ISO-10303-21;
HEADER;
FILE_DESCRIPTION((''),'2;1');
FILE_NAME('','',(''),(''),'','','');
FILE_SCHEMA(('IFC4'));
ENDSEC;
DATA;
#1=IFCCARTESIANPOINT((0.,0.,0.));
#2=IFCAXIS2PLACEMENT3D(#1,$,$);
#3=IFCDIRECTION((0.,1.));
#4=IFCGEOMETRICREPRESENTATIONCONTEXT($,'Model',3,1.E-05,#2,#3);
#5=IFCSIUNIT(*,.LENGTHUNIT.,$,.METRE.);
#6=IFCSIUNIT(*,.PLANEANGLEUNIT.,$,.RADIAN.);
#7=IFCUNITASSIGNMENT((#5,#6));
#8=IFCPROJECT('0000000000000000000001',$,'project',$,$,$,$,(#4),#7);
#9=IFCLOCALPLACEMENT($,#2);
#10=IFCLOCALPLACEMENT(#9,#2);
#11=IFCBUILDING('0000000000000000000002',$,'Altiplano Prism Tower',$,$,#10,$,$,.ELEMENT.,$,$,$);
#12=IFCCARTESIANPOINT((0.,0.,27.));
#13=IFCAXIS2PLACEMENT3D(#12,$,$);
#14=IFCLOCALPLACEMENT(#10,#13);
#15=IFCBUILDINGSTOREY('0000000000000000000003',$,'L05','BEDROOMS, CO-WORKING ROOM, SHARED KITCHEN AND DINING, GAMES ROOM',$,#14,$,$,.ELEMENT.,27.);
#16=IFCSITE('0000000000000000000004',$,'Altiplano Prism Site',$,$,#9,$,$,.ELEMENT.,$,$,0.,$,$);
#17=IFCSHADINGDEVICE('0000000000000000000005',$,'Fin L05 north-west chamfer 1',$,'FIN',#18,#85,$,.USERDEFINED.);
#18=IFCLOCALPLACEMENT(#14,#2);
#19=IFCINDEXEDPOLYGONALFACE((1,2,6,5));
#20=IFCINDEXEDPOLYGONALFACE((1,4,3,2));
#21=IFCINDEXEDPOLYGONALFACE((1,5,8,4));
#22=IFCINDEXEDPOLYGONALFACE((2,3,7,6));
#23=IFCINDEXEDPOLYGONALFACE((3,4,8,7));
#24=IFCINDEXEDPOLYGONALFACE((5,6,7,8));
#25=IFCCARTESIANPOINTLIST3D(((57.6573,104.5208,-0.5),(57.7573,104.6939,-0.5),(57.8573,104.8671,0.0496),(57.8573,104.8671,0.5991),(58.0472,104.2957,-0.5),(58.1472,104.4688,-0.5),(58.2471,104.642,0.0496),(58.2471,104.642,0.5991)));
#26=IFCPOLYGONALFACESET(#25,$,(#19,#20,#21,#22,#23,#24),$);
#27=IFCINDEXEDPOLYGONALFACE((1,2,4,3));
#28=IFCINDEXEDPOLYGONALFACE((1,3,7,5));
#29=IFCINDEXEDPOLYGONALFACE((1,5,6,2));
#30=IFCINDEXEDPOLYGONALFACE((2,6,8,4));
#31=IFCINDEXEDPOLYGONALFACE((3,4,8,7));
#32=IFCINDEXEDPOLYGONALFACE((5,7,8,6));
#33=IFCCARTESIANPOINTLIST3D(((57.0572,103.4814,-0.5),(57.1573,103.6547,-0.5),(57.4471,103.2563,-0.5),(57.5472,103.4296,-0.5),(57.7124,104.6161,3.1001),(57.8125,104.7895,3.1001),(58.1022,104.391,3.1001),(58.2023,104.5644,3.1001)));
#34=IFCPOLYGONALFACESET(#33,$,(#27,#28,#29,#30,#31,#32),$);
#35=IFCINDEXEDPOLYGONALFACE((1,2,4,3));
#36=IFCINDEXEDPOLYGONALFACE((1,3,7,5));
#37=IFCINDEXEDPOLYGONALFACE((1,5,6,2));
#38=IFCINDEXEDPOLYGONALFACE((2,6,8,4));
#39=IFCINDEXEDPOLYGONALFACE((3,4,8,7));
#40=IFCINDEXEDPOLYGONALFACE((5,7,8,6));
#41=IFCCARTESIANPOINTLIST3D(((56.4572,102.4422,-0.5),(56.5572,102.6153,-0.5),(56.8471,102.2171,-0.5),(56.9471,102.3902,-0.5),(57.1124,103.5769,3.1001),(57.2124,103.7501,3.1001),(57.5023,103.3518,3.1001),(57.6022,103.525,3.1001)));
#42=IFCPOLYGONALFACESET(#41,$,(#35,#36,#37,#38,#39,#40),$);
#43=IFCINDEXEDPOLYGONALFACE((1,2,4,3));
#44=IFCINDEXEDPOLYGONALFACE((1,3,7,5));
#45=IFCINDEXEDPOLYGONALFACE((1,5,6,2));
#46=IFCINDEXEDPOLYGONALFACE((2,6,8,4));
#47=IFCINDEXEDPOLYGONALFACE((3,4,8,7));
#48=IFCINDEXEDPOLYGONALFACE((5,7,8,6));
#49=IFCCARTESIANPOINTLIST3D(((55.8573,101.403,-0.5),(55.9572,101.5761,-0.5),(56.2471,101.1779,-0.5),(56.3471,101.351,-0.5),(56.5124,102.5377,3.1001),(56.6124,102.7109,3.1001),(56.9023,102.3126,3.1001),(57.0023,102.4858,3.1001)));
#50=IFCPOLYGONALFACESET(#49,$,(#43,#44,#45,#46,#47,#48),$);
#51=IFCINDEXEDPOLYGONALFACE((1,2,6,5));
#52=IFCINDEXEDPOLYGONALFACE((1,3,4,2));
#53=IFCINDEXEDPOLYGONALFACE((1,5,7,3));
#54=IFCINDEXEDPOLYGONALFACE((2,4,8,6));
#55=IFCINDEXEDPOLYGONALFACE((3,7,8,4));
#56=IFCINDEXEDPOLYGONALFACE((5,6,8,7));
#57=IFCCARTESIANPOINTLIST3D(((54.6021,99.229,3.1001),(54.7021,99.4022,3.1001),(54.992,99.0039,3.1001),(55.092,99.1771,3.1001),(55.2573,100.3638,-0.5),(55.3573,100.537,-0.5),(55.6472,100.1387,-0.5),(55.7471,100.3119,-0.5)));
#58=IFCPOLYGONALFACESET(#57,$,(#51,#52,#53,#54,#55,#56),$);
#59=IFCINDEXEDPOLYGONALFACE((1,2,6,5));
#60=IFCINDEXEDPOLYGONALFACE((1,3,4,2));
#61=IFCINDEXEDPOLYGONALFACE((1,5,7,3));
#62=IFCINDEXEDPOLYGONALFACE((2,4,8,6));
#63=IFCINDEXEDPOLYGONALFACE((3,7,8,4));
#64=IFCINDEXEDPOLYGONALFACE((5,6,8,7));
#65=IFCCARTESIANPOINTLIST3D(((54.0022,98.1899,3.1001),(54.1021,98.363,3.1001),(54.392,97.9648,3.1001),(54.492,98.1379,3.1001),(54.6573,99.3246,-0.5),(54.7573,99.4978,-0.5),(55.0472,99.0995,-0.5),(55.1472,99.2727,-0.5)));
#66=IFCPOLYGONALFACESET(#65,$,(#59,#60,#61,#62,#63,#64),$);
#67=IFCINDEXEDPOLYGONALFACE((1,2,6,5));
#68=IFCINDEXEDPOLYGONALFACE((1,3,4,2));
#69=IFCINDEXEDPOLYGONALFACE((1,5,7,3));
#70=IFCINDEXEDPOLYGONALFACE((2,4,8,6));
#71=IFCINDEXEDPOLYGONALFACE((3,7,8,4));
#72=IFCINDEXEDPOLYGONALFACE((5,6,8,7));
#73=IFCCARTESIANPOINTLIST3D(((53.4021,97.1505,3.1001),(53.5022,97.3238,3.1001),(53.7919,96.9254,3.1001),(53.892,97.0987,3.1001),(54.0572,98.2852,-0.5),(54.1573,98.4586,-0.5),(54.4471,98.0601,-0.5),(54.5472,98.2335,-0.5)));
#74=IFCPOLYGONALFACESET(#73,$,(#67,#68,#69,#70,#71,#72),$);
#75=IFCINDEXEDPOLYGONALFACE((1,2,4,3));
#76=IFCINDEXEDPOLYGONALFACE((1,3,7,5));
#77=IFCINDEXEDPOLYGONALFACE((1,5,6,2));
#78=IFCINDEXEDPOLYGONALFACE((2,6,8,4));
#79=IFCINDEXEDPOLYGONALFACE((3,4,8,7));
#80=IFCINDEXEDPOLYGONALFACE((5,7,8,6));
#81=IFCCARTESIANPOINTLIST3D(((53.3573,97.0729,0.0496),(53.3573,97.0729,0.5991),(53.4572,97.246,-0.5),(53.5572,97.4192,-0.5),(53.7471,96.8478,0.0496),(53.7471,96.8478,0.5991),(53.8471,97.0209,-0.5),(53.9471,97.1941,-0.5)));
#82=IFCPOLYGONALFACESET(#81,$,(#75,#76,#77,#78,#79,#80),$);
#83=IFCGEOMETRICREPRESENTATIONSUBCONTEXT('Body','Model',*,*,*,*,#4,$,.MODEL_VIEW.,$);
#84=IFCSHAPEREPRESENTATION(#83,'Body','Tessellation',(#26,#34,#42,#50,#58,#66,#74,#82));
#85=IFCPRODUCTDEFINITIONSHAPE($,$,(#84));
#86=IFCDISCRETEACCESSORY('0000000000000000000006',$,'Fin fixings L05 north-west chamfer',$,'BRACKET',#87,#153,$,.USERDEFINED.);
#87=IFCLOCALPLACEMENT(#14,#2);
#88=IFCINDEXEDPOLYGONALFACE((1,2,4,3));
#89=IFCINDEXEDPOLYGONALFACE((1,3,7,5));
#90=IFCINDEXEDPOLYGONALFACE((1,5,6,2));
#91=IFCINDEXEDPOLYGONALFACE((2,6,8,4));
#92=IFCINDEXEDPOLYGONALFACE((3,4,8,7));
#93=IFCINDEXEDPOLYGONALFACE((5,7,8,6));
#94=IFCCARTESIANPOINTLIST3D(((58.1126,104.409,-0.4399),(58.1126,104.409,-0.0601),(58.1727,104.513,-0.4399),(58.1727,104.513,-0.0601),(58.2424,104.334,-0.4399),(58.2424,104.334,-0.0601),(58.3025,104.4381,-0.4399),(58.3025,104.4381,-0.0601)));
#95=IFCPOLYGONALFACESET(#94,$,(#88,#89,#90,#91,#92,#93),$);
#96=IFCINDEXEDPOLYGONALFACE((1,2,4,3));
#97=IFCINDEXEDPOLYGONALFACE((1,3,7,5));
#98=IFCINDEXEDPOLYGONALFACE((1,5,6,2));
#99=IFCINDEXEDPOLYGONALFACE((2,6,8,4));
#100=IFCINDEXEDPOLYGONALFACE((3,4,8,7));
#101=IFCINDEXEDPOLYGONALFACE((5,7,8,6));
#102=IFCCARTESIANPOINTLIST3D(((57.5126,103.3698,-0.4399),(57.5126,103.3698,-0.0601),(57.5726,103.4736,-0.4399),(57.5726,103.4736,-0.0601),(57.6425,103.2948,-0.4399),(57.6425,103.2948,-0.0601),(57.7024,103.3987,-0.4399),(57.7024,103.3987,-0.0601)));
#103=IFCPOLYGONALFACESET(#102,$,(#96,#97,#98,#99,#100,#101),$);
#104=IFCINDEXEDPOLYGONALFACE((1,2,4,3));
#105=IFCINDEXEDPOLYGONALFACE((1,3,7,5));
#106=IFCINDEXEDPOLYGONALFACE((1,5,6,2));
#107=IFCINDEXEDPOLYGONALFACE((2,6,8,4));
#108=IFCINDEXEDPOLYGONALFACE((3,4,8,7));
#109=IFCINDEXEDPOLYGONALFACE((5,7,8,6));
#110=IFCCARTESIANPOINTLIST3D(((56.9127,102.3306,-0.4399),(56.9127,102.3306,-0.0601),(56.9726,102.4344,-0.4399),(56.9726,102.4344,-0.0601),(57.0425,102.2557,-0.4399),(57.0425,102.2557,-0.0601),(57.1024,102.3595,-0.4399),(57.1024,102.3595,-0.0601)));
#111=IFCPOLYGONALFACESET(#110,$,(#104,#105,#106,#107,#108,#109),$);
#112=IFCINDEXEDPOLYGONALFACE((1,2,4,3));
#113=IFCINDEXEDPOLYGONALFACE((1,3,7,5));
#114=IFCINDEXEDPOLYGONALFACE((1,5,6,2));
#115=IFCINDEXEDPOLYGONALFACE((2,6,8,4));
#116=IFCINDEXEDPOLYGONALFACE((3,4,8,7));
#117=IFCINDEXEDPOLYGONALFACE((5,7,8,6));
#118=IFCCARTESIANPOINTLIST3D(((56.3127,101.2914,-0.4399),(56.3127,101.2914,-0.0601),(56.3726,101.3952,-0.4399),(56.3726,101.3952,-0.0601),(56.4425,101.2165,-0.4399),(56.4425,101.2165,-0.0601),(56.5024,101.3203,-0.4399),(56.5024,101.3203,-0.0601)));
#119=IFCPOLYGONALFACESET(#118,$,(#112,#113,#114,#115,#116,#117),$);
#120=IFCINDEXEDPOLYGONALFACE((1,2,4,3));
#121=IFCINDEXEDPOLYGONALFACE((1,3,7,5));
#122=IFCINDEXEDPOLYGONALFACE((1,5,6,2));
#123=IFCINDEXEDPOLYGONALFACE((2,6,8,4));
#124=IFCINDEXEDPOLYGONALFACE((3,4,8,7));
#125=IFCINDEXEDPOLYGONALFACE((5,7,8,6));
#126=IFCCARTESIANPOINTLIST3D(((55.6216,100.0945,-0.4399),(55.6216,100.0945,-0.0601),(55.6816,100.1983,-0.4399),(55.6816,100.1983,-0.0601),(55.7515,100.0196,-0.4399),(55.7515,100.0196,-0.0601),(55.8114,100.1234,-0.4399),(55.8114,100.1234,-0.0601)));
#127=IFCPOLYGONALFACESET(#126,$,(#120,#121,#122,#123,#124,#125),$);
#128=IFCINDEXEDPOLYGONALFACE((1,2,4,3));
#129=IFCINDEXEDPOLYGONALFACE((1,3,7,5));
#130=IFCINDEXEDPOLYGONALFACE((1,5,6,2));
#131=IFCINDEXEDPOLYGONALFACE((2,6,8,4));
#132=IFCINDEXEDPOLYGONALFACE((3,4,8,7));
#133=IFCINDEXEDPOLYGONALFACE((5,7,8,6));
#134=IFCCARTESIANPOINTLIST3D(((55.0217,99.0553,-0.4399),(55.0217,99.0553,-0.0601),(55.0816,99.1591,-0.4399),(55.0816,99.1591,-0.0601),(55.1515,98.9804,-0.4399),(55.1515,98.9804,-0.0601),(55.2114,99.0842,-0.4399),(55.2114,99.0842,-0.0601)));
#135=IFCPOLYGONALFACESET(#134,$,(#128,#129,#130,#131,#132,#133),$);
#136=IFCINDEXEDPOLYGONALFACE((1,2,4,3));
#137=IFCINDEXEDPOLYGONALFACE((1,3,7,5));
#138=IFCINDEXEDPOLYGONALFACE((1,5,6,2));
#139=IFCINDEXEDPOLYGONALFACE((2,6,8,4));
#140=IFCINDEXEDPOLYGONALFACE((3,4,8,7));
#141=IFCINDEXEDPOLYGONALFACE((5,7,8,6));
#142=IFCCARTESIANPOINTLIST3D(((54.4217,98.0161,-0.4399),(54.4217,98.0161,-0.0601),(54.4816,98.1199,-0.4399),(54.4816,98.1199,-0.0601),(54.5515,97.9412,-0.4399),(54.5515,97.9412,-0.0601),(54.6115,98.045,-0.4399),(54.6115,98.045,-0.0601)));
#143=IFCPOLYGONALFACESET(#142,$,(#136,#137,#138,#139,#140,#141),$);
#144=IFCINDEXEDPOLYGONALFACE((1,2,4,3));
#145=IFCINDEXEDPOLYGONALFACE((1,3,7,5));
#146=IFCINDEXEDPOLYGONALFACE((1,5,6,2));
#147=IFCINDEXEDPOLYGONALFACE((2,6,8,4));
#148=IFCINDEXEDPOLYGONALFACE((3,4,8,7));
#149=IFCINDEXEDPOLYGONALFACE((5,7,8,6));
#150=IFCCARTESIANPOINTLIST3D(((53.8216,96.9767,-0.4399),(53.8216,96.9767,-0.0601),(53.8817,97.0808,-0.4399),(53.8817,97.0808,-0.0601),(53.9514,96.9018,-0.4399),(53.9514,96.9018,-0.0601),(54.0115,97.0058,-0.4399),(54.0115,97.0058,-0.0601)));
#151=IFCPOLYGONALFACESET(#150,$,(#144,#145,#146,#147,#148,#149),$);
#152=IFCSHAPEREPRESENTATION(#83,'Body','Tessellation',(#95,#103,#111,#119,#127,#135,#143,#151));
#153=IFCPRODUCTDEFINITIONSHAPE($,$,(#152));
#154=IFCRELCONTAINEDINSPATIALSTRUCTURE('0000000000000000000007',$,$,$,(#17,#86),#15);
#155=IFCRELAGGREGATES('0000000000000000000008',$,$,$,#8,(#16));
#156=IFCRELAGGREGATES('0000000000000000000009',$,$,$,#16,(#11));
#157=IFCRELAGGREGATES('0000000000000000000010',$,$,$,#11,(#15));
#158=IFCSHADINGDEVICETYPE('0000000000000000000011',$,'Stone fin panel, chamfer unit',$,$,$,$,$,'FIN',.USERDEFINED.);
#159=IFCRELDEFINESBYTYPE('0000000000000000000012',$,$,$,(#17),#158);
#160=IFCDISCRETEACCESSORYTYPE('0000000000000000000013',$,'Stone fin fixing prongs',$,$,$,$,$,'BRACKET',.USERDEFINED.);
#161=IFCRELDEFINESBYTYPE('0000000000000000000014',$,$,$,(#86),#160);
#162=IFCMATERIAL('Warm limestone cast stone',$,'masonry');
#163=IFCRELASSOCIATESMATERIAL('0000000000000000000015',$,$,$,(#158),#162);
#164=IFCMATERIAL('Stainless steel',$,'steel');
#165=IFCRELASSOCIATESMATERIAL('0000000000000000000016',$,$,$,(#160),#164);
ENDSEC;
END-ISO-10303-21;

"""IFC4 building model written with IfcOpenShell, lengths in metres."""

from ifc_helpers import new_model, si_unit, direction, frame, origin, place, context, subcontext, project, spatial, polyline, outline, extrude, source, transform, mapped, material, type_object, element, save


model = new_model("IFC4")

# Units and contexts
model_context = context("Model", 3, precision=1e-05, world=origin(), true_north=direction((0.0, 1.0)))
body_context = subcontext(model_context, "Body", "Model", "MODEL_VIEW")
ifc_project = project(units=[si_unit("LENGTHUNIT", "METRE"), si_unit("PLANEANGLEUNIT", "RADIAN")], contexts=[model_context])

# Site, building, storey
site_placement = place(None, origin())
site = spatial("IfcSite", under=ifc_project, at=site_placement, Name="Altiplano Prism Site", CompositionType="ELEMENT", RefElevation=0.0)
building_placement = place(site_placement, origin())
building = spatial("IfcBuilding", under=site, at=building_placement, Name="Altiplano Prism Tower", CompositionType="ELEMENT")
storey_placement = place(building_placement, frame((0.0, 0.0, 27.0)))
storey = spatial("IfcBuildingStorey", under=building, at=storey_placement, Name="L05", Description="BEDROOMS, CO-WORKING ROOM, SHARED KITCHEN AND DINING, GAMES ROOM", CompositionType="ELEMENT", Elevation=27.0)

# Shading device
ifc_material_1 = material(Name="Warm limestone cast stone", Category="masonry")
shading_device_type_1 = type_object("IfcShadingDeviceType", Name="Stone fin panel, chamfer unit", ElementType="FIN", PredefinedType="USERDEFINED", material=ifc_material_1)
shared_shape_1 = source(origin(), body_context, "Body", "SweptSolid", [
    extrude(outline(polyline([(-4.5, 1.0991), (-4.5, 0.5496), (-4.3, 0.0), (-4.1001, 0.0), (-4.5, 1.0991)])), frame((0.0, -0.1499, 0.0), z_axis=(0.0, -1.0, 0.0), x_axis=(1.0, 0.0, 0.0)), (0.0, 0.0, 1.0), 0.4502),
    extrude(outline(polyline([(-4.4104, 3.6001), (-3.1001, 0.0), (-2.8999, 0.0), (-4.2102, 3.6001), (-4.4104, 3.6001)])), frame((0.0, -0.1499, 0.0), z_axis=(0.0, -1.0, 0.0), x_axis=(1.0, 0.0, 0.0)), (0.0, 0.0, 1.0), 0.4502),
    extrude(outline(polyline([(-3.2102, 3.6001), (-1.8999, 0.0), (-1.7, 0.0), (-3.0103, 3.6001), (-3.2102, 3.6001)])), frame((0.0, -0.1499, 0.0), z_axis=(0.0, -1.0, 0.0), x_axis=(1.0, 0.0, 0.0)), (0.0, 0.0, 1.0), 0.4502),
    extrude(outline(polyline([(-2.0103, 3.6001), (-0.7, 0.0), (-0.5, 0.0), (-1.8103, 3.6001), (-2.0103, 3.6001)])), frame((0.0, -0.1499, 0.0), z_axis=(0.0, -1.0, 0.0), x_axis=(1.0, 0.0, 0.0)), (0.0, 0.0, 1.0), 0.4502),
    extrude(outline(polyline([(1.8103, 3.6001), (0.5, 0.0), (0.7, 0.0), (2.0103, 3.6001), (1.8103, 3.6001)])), frame((0.0, -0.1499, 0.0), z_axis=(0.0, -1.0, 0.0), x_axis=(1.0, 0.0, 0.0)), (0.0, 0.0, 1.0), 0.4502),
    extrude(outline(polyline([(3.0103, 3.6001), (1.7, 0.0), (1.8999, 0.0), (3.2102, 3.6001), (3.0103, 3.6001)])), frame((0.0, -0.1499, 0.0), z_axis=(0.0, -1.0, 0.0), x_axis=(1.0, 0.0, 0.0)), (0.0, 0.0, 1.0), 0.4502),
    extrude(outline(polyline([(4.2102, 3.6001), (2.8999, 0.0), (3.1001, 0.0), (4.4104, 3.6001), (4.2102, 3.6001)])), frame((0.0, -0.1499, 0.0), z_axis=(0.0, -1.0, 0.0), x_axis=(1.0, 0.0, 0.0)), (0.0, 0.0, 1.0), 0.4502),
    extrude(outline(polyline([(4.5, 0.5496), (4.5, 1.0991), (4.1001, 0.0), (4.3, 0.0), (4.5, 0.5496)])), frame((0.0, -0.1499, 0.0), z_axis=(0.0, -1.0, 0.0), x_axis=(1.0, 0.0, 0.0)), (0.0, 0.0, 1.0), 0.4502),
])
shading_device_1_placement = place(storey_placement, origin())
element("IfcShadingDevice", 1, at=shading_device_1_placement, inside=storey, type_object=shading_device_type_1, Name="Fin L05 north-west chamfer 1", ObjectType="FIN", PredefinedType="USERDEFINED", context=body_context, shape_type="MappedRepresentation", body=[
    mapped(shared_shape_1, transform((56.127, 100.6699, -0.5), x_axis=(-0.5, -0.866025, 0.0), y_axis=(0.866025, -0.5, 0.0), z_axis=(0.0, 0.0, 1.0))),
])

# Discrete accessory
ifc_material_2 = material(Name="Stainless steel", Category="steel")
discrete_accessory_type = type_object("IfcDiscreteAccessoryType", Name="Stone fin fixing prongs", ElementType="BRACKET", PredefinedType="USERDEFINED", material=ifc_material_2)
shared_shape_2 = source(origin(), body_context, "Body", "SweptSolid", [
    extrude(outline(polyline([(-4.3511, 0.0601), (-4.231, 0.0601), (-4.231, 0.4399), (-4.3511, 0.4399), (-4.3511, 0.0601)])), frame((0.0, 0.0, 0.0), z_axis=(0.0, -1.0, 0.0), x_axis=(1.0, 0.0, 0.0)), (0.0, 0.0, 1.0), 0.1499),
    extrude(outline(polyline([(-3.1509, 0.0601), (-3.031, 0.0601), (-3.031, 0.4399), (-3.1509, 0.4399), (-3.1509, 0.0601)])), frame((0.0, 0.0, 0.0), z_axis=(0.0, -1.0, 0.0), x_axis=(1.0, 0.0, 0.0)), (0.0, 0.0, 1.0), 0.1499),
    extrude(outline(polyline([(-1.9509, 0.0601), (-1.8311, 0.0601), (-1.8311, 0.4399), (-1.9509, 0.4399), (-1.9509, 0.0601)])), frame((0.0, 0.0, 0.0), z_axis=(0.0, -1.0, 0.0), x_axis=(1.0, 0.0, 0.0)), (0.0, 0.0, 1.0), 0.1499),
    extrude(outline(polyline([(-0.751, 0.0601), (-0.6311, 0.0601), (-0.6311, 0.4399), (-0.751, 0.4399), (-0.751, 0.0601)])), frame((0.0, 0.0, 0.0), z_axis=(0.0, -1.0, 0.0), x_axis=(1.0, 0.0, 0.0)), (0.0, 0.0, 1.0), 0.1499),
    extrude(outline(polyline([(0.6311, 0.0601), (0.751, 0.0601), (0.751, 0.4399), (0.6311, 0.4399), (0.6311, 0.0601)])), frame((0.0, 0.0, 0.0), z_axis=(0.0, -1.0, 0.0), x_axis=(1.0, 0.0, 0.0)), (0.0, 0.0, 1.0), 0.1499),
    extrude(outline(polyline([(1.8311, 0.0601), (1.9509, 0.0601), (1.9509, 0.4399), (1.8311, 0.4399), (1.8311, 0.0601)])), frame((0.0, 0.0, 0.0), z_axis=(0.0, -1.0, 0.0), x_axis=(1.0, 0.0, 0.0)), (0.0, 0.0, 1.0), 0.1499),
    extrude(outline(polyline([(3.031, 0.0601), (3.1509, 0.0601), (3.1509, 0.4399), (3.031, 0.4399), (3.031, 0.0601)])), frame((0.0, 0.0, 0.0), z_axis=(0.0, -1.0, 0.0), x_axis=(1.0, 0.0, 0.0)), (0.0, 0.0, 1.0), 0.1499),
    extrude(outline(polyline([(4.231, 0.0601), (4.3511, 0.0601), (4.3511, 0.4399), (4.231, 0.4399), (4.231, 0.0601)])), frame((0.0, 0.0, 0.0), z_axis=(0.0, -1.0, 0.0), x_axis=(1.0, 0.0, 0.0)), (0.0, 0.0, 1.0), 0.1499),
])
discrete_accessory_1_placement = place(storey_placement, origin())
element("IfcDiscreteAccessory", 2, at=discrete_accessory_1_placement, inside=storey, type_object=discrete_accessory_type, Name="Fin fixings L05 north-west chamfer", ObjectType="BRACKET", PredefinedType="USERDEFINED", context=body_context, shape_type="MappedRepresentation", body=[
    mapped(shared_shape_2, transform((56.127, 100.6699, -0.5), x_axis=(-0.5, -0.866025, 0.0), y_axis=(0.866025, -0.5, 0.0), z_axis=(0.0, 0.0, 1.0))),
])

save(model, "model.ifc")
